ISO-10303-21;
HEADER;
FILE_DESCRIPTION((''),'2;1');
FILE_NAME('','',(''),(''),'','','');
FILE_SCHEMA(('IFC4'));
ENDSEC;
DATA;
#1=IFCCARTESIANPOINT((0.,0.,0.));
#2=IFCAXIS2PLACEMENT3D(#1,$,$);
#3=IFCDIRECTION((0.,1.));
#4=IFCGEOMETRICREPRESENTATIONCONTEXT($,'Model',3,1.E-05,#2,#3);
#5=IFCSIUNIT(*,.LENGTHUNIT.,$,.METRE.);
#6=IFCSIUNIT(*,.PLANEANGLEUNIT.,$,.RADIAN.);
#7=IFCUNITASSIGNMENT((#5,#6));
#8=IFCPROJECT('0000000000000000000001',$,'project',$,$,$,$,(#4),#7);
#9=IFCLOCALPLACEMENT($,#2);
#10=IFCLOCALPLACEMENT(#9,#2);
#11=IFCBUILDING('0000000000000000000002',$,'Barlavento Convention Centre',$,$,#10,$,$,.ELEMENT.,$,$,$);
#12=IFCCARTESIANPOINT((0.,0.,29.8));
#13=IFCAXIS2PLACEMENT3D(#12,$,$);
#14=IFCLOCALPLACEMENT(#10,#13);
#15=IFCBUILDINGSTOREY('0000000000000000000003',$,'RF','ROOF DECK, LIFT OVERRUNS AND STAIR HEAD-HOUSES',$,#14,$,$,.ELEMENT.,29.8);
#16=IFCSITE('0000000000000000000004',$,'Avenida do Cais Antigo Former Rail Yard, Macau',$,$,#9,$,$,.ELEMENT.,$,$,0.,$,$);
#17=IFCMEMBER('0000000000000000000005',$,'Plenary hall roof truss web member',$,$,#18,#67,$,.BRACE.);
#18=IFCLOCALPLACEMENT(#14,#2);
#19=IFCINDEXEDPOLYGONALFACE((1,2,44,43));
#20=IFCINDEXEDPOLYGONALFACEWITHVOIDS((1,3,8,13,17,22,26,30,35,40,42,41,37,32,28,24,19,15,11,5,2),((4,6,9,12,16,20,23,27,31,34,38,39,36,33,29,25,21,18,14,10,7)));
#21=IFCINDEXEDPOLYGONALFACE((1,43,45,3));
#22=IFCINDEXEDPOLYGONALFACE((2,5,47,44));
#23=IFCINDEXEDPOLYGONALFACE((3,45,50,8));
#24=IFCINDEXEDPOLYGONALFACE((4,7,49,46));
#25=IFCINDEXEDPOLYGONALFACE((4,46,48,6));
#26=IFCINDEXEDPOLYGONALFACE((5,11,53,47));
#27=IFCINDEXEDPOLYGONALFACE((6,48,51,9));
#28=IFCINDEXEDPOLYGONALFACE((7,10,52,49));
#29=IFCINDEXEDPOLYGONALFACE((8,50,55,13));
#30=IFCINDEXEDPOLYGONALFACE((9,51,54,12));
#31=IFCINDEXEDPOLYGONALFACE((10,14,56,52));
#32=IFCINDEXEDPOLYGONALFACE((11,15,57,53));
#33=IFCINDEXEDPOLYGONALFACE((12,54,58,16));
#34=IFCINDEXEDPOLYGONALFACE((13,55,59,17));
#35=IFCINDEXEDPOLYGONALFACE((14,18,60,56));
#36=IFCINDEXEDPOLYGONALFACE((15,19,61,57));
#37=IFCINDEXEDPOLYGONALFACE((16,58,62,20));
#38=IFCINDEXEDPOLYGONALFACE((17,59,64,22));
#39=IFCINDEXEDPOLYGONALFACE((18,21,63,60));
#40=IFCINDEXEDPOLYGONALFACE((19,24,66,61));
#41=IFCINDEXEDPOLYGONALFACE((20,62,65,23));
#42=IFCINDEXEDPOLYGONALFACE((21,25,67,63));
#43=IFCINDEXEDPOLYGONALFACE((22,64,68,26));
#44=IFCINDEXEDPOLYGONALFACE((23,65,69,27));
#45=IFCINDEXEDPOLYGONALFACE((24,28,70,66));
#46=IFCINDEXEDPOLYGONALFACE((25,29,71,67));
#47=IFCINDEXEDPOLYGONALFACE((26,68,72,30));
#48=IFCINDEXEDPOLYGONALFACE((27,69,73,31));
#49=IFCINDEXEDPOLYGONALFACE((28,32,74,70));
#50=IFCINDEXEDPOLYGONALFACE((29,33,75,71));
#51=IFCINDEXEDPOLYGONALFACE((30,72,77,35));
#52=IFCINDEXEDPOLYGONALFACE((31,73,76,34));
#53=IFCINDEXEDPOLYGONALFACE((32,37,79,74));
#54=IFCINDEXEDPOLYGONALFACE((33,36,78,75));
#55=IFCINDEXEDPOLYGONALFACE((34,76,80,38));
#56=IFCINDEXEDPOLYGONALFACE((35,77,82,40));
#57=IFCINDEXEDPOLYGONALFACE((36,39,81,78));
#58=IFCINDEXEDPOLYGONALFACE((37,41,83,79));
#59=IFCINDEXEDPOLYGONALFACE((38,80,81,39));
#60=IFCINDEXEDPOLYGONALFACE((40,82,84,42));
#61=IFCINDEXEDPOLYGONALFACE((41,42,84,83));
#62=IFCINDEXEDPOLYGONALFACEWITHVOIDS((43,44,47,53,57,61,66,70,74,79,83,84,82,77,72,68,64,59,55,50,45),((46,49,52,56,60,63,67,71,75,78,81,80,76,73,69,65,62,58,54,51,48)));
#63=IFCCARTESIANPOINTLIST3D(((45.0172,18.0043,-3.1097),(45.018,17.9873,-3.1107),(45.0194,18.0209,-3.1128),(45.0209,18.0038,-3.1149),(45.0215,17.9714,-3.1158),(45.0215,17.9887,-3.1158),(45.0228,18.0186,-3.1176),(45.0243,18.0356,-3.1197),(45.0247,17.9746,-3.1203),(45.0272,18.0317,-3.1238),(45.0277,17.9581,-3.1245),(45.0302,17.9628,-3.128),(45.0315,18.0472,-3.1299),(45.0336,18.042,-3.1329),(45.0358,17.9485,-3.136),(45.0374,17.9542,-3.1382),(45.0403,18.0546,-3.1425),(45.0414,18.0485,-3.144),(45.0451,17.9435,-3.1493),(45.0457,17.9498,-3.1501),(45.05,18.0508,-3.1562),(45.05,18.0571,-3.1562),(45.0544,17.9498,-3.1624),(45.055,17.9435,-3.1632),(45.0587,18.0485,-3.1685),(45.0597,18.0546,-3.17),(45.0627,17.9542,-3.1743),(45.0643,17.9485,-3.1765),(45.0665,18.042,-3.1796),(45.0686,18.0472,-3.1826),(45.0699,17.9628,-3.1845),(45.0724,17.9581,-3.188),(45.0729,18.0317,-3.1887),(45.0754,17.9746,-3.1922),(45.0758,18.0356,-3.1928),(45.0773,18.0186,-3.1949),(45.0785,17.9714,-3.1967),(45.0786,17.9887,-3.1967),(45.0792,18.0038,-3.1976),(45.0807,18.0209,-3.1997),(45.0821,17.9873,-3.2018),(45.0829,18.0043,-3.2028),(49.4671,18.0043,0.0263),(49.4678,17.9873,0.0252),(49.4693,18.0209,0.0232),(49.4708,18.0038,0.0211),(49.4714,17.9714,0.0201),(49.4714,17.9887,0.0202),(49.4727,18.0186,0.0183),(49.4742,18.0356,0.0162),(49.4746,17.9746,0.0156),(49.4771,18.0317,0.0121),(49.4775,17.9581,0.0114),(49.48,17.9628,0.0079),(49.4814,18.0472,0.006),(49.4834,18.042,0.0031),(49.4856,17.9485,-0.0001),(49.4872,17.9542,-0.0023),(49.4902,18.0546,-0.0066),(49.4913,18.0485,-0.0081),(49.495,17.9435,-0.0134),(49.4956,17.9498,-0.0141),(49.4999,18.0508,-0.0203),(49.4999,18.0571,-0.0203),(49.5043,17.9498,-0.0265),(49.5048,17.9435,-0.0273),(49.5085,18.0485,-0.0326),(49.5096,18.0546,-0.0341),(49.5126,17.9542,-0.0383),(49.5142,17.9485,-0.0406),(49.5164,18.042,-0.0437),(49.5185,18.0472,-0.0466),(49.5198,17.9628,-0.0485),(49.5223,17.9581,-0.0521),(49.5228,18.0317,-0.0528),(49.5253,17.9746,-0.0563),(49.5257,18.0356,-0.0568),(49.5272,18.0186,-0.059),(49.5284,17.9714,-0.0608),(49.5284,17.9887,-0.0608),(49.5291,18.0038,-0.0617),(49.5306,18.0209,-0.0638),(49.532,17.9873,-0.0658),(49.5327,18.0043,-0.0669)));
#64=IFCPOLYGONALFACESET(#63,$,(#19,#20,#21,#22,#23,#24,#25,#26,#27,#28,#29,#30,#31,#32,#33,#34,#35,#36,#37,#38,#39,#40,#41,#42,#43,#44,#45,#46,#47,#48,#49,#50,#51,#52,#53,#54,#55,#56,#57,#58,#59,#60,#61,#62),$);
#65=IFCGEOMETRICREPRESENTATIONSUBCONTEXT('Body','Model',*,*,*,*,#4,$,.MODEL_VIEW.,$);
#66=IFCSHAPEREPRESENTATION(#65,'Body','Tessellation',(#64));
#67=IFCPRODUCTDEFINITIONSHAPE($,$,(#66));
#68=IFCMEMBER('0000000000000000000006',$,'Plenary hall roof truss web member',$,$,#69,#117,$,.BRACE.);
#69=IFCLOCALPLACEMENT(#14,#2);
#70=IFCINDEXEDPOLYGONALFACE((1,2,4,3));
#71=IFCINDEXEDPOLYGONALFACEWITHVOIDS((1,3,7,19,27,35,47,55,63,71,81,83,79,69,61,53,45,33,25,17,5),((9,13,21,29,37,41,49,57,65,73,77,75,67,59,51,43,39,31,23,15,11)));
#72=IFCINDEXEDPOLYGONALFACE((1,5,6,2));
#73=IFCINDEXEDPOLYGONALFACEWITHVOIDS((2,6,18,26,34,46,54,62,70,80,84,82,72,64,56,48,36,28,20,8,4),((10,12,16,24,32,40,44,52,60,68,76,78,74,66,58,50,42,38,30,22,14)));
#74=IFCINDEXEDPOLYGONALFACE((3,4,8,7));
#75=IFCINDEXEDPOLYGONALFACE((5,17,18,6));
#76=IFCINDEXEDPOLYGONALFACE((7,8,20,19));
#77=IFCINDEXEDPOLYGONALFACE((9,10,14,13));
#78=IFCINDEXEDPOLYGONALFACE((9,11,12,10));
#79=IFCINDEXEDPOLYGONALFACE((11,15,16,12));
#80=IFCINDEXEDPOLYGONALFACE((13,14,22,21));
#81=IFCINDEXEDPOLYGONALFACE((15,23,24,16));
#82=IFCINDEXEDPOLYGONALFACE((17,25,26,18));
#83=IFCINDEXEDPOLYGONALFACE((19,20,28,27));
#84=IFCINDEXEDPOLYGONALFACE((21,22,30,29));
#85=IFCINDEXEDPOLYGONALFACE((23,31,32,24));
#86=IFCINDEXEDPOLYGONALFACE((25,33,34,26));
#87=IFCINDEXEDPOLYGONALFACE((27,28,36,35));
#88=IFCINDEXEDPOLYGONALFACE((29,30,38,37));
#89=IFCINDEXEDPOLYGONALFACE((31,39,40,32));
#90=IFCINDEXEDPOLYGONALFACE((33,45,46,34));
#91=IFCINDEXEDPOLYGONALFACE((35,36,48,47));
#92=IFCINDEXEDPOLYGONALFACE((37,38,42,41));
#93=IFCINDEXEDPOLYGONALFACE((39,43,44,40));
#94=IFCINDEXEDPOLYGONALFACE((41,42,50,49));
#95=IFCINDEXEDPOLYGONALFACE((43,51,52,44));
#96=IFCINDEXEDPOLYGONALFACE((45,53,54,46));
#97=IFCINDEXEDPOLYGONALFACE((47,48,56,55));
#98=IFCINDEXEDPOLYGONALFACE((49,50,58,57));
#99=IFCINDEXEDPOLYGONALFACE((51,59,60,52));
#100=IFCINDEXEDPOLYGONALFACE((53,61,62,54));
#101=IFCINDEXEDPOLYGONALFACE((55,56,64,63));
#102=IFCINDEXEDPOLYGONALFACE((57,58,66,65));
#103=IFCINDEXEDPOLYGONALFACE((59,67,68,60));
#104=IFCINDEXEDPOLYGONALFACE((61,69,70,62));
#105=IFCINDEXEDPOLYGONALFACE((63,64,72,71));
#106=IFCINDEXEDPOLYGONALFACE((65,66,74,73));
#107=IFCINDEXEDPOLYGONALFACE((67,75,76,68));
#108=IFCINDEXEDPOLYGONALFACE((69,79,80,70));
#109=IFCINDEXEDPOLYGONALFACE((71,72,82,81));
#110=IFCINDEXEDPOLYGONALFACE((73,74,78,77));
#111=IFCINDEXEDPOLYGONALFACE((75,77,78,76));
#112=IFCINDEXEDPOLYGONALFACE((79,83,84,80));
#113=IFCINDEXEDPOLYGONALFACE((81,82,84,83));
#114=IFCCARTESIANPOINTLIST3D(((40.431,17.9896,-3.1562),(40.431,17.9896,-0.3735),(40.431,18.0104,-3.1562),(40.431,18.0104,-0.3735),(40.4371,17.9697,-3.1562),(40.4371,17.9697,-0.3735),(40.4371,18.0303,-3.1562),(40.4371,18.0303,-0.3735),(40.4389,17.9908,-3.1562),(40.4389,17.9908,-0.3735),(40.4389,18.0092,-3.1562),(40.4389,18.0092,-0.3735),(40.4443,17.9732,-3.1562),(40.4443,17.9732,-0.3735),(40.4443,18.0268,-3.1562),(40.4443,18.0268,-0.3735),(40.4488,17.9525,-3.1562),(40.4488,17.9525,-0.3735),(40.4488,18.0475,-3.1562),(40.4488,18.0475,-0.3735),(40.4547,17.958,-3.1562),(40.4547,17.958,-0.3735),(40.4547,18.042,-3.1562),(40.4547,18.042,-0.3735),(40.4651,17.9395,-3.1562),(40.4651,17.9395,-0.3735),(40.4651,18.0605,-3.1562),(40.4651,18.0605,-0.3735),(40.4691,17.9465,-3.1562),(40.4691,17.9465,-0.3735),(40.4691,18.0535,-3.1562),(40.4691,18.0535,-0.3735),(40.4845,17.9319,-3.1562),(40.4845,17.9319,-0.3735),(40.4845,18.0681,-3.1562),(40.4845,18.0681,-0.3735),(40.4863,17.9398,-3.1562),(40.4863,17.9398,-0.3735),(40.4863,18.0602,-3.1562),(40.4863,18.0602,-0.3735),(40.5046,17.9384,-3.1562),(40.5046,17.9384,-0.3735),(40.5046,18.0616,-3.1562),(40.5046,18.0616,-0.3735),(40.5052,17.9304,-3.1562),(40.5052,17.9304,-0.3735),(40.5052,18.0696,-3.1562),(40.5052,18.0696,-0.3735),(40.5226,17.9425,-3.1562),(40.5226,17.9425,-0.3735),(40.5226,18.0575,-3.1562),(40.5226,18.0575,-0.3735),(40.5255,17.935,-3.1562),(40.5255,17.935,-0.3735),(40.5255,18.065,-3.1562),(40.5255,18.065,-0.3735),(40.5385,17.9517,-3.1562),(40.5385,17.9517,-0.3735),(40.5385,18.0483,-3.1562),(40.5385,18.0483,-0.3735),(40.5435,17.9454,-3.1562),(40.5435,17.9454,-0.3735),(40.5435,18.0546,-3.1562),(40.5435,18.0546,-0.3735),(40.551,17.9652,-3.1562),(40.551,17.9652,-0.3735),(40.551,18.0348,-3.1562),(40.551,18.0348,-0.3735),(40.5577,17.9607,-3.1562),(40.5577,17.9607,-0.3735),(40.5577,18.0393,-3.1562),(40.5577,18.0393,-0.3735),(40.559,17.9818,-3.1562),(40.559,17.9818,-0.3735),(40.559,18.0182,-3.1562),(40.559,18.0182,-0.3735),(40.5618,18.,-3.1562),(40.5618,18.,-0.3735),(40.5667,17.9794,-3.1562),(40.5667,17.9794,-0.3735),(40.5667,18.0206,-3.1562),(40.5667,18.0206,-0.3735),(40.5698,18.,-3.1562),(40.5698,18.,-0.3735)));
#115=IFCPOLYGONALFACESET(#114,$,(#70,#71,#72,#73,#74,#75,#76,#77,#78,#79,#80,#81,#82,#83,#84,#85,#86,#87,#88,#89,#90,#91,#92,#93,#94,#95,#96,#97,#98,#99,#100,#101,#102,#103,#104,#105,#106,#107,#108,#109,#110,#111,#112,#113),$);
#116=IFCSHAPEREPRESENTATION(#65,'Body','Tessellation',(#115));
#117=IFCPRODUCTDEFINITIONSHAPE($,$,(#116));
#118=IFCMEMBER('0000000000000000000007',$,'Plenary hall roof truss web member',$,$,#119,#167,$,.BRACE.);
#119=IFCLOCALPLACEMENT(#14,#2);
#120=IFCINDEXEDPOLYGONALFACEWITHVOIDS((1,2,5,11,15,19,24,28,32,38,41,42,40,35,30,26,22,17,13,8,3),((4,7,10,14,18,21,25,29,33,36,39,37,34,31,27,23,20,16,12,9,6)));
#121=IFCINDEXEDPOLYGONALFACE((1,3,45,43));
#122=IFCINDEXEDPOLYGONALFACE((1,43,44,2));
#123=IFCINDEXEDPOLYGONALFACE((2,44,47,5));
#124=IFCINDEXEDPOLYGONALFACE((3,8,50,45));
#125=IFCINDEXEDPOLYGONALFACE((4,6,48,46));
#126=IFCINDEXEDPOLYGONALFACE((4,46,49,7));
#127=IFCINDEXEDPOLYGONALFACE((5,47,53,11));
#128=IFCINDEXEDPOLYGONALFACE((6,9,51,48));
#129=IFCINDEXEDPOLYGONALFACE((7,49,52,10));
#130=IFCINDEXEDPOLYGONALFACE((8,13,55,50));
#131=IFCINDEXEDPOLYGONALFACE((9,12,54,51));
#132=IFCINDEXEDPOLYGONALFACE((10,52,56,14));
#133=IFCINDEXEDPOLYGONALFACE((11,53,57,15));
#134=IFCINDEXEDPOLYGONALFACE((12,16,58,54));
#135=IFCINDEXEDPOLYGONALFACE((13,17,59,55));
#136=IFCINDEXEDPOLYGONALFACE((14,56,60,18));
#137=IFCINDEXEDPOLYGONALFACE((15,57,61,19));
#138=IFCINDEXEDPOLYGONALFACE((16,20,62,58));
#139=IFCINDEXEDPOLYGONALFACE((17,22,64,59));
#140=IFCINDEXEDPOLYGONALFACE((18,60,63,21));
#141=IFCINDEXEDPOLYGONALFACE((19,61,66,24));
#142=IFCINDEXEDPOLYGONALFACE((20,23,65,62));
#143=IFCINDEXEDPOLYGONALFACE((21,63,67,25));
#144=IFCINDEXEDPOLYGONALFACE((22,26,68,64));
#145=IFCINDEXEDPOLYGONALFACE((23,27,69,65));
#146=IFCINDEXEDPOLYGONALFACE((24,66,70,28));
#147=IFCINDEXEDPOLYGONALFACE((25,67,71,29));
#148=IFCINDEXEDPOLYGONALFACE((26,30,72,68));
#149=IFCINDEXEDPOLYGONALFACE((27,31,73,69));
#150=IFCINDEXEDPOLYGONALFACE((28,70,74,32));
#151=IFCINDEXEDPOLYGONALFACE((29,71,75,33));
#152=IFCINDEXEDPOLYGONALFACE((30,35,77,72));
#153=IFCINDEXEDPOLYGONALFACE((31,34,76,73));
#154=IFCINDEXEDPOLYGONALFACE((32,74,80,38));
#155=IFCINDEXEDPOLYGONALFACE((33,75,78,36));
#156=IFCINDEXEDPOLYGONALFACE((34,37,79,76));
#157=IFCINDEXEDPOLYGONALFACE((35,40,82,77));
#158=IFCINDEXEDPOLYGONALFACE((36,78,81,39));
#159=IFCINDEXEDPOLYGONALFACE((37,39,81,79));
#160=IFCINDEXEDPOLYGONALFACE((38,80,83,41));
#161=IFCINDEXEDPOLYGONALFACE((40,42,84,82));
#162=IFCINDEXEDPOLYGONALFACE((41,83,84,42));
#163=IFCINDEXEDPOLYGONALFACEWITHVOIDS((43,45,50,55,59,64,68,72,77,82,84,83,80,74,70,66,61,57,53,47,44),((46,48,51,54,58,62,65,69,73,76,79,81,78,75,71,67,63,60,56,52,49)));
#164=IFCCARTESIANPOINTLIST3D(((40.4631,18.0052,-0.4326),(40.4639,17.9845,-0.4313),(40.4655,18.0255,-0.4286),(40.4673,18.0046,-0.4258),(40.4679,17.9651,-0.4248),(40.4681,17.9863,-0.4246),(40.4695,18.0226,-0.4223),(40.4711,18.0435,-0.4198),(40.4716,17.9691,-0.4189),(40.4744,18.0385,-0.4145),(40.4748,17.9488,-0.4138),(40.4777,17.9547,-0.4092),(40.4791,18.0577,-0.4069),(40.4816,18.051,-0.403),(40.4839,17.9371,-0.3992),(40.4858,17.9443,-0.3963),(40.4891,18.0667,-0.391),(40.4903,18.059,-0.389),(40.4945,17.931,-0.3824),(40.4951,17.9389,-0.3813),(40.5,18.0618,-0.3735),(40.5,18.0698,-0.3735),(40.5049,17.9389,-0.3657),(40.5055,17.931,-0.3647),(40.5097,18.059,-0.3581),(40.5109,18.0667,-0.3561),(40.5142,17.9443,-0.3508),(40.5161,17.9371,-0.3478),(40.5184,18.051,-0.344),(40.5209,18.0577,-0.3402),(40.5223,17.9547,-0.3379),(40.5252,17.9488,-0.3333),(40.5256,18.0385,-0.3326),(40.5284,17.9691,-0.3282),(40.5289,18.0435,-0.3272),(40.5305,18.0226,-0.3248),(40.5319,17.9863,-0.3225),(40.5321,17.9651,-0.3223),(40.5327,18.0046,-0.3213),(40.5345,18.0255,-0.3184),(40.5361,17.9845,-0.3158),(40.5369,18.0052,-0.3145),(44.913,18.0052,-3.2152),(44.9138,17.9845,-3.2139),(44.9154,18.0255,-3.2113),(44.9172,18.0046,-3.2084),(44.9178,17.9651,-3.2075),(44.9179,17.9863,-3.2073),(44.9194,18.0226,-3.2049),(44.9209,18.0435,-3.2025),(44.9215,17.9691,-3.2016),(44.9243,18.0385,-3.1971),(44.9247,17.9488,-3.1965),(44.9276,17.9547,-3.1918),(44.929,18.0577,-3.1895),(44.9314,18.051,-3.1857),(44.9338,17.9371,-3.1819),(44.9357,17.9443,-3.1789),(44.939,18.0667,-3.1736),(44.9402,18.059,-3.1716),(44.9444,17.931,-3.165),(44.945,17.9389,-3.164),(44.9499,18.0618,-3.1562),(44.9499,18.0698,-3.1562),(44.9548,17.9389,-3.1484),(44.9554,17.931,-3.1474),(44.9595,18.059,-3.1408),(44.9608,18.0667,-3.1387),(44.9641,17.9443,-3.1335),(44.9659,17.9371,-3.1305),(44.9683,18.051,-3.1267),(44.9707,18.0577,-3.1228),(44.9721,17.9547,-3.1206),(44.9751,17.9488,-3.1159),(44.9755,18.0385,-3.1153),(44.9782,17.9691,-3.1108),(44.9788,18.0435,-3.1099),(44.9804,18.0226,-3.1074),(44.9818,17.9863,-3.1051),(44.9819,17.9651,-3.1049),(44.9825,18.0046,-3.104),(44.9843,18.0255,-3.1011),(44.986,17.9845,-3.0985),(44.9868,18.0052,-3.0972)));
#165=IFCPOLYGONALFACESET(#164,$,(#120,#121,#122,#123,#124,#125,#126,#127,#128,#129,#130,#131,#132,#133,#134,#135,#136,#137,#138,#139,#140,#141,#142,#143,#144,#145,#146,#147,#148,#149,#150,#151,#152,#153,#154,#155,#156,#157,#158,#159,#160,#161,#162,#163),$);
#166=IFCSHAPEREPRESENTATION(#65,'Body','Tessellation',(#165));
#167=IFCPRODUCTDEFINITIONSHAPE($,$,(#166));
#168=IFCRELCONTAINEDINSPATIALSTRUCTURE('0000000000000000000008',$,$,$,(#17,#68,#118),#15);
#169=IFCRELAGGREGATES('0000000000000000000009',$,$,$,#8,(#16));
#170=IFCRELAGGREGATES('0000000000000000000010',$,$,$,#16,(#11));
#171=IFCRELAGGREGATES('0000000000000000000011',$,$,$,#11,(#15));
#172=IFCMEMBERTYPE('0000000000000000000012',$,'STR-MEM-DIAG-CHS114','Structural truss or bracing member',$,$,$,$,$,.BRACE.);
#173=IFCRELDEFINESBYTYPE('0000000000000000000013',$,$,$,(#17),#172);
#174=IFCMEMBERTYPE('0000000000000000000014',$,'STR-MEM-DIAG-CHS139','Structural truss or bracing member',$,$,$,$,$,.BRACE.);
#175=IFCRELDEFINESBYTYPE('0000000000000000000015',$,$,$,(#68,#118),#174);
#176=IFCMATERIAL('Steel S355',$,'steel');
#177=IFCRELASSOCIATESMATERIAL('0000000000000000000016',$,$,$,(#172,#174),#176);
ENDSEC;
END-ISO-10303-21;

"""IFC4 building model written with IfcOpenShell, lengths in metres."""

from ifc_helpers import new_model, si_unit, direction, frame, origin, origin_2d, place, context, subcontext, project, spatial, hollow_circle, extrude, material, material_profile, profile_set, type_object, element, save


model = new_model("IFC4")

# Units and contexts
model_context = context("Model", 3, precision=1e-05, world=origin(), true_north=direction((0.0, 1.0)))
body_context = subcontext(model_context, "Body", "Model", "MODEL_VIEW")
ifc_project = project(units=[si_unit("LENGTHUNIT", "METRE"), si_unit("PLANEANGLEUNIT", "RADIAN")], contexts=[model_context])

# Site, building, storey
site_placement = place(None, origin())
site = spatial("IfcSite", under=ifc_project, at=site_placement, Name="Avenida do Cais Antigo Former Rail Yard, Macau", CompositionType="ELEMENT", RefElevation=0.0)
building_placement = place(site_placement, origin())
building = spatial("IfcBuilding", under=site, at=building_placement, Name="Barlavento Convention Centre", CompositionType="ELEMENT")
storey_placement = place(building_placement, frame((0.0, 0.0, 29.8)))
storey = spatial("IfcBuildingStorey", under=building, at=storey_placement, Name="RF", Description="ROOF DECK, LIFT OVERRUNS AND STAIR HEAD-HOUSES", CompositionType="ELEMENT", Elevation=29.8)

# Members
ifc_material_1 = material(Name="Steel S355", Category="steel")
ifc_material_profile_1 = material_profile(ifc_material_1, hollow_circle(Radius=0.0571, WallThickness=0.0063, at=origin_2d()), Name="CHS 114.3x6.3")
ifc_profile_set_1 = profile_set([ifc_material_profile_1], Name="Steel S355")
member_type_1 = type_object("IfcMemberType", Name="STR-MEM-DIAG-CHS114", Description="Structural truss or bracing member", PredefinedType="BRACE", material=ifc_profile_set_1)
member_1_placement = place(storey_placement, frame((45.05, 18.0, -3.1562), z_axis=(0.817414, 0.0, 0.576051), x_axis=(0.0, 1.0, 0.0)))
element("IfcMember", 1, at=member_1_placement, inside=storey, type_object=member_type_1, Name="Plenary hall roof truss web member", PredefinedType="BRACE", context=body_context, shape_type="SweptSolid", body=[
    extrude(hollow_circle(Radius=0.0571, WallThickness=0.0063, at=origin_2d()), origin(), (0.0, 0.0, 1.0), 5.4438),
])
ifc_material_profile_2 = material_profile(ifc_material_1, hollow_circle(Radius=0.0698, WallThickness=0.0081, at=origin_2d()), Name="CHS 139.7x8.0")
ifc_profile_set_2 = profile_set([ifc_material_profile_2], Name="Steel S355")
member_type_2 = type_object("IfcMemberType", Name="STR-MEM-DIAG-CHS139", Description="Structural truss or bracing member", PredefinedType="BRACE", material=ifc_profile_set_2)
member_2_placement = place(storey_placement, frame((40.5, 18.0, -3.1562), z_axis=(0.0, 0.0, 1.0), x_axis=(1.0, 0.0, 0.0)))
element("IfcMember", 2, at=member_2_placement, inside=storey, type_object=member_type_2, Name="Plenary hall roof truss web member", PredefinedType="BRACE", context=body_context, shape_type="SweptSolid", body=[
    extrude(hollow_circle(Radius=0.0698, WallThickness=0.0081, at=origin_2d()), origin(), (0.0, 0.0, 1.0), 2.7827),
])
member_3_placement = place(storey_placement, frame((40.5, 18.0, -0.3735), z_axis=(0.84787, 0.0, -0.530204), x_axis=(0.0, 1.0, 0.0)))
element("IfcMember", 3, at=member_3_placement, inside=storey, type_object=member_type_2, Name="Plenary hall roof truss web member", PredefinedType="BRACE", context=body_context, shape_type="SweptSolid", body=[
    extrude(hollow_circle(Radius=0.0698, WallThickness=0.0081, at=origin_2d()), origin(), (0.0, 0.0, 1.0), 5.2483),
])

save(model, "model.ifc")
